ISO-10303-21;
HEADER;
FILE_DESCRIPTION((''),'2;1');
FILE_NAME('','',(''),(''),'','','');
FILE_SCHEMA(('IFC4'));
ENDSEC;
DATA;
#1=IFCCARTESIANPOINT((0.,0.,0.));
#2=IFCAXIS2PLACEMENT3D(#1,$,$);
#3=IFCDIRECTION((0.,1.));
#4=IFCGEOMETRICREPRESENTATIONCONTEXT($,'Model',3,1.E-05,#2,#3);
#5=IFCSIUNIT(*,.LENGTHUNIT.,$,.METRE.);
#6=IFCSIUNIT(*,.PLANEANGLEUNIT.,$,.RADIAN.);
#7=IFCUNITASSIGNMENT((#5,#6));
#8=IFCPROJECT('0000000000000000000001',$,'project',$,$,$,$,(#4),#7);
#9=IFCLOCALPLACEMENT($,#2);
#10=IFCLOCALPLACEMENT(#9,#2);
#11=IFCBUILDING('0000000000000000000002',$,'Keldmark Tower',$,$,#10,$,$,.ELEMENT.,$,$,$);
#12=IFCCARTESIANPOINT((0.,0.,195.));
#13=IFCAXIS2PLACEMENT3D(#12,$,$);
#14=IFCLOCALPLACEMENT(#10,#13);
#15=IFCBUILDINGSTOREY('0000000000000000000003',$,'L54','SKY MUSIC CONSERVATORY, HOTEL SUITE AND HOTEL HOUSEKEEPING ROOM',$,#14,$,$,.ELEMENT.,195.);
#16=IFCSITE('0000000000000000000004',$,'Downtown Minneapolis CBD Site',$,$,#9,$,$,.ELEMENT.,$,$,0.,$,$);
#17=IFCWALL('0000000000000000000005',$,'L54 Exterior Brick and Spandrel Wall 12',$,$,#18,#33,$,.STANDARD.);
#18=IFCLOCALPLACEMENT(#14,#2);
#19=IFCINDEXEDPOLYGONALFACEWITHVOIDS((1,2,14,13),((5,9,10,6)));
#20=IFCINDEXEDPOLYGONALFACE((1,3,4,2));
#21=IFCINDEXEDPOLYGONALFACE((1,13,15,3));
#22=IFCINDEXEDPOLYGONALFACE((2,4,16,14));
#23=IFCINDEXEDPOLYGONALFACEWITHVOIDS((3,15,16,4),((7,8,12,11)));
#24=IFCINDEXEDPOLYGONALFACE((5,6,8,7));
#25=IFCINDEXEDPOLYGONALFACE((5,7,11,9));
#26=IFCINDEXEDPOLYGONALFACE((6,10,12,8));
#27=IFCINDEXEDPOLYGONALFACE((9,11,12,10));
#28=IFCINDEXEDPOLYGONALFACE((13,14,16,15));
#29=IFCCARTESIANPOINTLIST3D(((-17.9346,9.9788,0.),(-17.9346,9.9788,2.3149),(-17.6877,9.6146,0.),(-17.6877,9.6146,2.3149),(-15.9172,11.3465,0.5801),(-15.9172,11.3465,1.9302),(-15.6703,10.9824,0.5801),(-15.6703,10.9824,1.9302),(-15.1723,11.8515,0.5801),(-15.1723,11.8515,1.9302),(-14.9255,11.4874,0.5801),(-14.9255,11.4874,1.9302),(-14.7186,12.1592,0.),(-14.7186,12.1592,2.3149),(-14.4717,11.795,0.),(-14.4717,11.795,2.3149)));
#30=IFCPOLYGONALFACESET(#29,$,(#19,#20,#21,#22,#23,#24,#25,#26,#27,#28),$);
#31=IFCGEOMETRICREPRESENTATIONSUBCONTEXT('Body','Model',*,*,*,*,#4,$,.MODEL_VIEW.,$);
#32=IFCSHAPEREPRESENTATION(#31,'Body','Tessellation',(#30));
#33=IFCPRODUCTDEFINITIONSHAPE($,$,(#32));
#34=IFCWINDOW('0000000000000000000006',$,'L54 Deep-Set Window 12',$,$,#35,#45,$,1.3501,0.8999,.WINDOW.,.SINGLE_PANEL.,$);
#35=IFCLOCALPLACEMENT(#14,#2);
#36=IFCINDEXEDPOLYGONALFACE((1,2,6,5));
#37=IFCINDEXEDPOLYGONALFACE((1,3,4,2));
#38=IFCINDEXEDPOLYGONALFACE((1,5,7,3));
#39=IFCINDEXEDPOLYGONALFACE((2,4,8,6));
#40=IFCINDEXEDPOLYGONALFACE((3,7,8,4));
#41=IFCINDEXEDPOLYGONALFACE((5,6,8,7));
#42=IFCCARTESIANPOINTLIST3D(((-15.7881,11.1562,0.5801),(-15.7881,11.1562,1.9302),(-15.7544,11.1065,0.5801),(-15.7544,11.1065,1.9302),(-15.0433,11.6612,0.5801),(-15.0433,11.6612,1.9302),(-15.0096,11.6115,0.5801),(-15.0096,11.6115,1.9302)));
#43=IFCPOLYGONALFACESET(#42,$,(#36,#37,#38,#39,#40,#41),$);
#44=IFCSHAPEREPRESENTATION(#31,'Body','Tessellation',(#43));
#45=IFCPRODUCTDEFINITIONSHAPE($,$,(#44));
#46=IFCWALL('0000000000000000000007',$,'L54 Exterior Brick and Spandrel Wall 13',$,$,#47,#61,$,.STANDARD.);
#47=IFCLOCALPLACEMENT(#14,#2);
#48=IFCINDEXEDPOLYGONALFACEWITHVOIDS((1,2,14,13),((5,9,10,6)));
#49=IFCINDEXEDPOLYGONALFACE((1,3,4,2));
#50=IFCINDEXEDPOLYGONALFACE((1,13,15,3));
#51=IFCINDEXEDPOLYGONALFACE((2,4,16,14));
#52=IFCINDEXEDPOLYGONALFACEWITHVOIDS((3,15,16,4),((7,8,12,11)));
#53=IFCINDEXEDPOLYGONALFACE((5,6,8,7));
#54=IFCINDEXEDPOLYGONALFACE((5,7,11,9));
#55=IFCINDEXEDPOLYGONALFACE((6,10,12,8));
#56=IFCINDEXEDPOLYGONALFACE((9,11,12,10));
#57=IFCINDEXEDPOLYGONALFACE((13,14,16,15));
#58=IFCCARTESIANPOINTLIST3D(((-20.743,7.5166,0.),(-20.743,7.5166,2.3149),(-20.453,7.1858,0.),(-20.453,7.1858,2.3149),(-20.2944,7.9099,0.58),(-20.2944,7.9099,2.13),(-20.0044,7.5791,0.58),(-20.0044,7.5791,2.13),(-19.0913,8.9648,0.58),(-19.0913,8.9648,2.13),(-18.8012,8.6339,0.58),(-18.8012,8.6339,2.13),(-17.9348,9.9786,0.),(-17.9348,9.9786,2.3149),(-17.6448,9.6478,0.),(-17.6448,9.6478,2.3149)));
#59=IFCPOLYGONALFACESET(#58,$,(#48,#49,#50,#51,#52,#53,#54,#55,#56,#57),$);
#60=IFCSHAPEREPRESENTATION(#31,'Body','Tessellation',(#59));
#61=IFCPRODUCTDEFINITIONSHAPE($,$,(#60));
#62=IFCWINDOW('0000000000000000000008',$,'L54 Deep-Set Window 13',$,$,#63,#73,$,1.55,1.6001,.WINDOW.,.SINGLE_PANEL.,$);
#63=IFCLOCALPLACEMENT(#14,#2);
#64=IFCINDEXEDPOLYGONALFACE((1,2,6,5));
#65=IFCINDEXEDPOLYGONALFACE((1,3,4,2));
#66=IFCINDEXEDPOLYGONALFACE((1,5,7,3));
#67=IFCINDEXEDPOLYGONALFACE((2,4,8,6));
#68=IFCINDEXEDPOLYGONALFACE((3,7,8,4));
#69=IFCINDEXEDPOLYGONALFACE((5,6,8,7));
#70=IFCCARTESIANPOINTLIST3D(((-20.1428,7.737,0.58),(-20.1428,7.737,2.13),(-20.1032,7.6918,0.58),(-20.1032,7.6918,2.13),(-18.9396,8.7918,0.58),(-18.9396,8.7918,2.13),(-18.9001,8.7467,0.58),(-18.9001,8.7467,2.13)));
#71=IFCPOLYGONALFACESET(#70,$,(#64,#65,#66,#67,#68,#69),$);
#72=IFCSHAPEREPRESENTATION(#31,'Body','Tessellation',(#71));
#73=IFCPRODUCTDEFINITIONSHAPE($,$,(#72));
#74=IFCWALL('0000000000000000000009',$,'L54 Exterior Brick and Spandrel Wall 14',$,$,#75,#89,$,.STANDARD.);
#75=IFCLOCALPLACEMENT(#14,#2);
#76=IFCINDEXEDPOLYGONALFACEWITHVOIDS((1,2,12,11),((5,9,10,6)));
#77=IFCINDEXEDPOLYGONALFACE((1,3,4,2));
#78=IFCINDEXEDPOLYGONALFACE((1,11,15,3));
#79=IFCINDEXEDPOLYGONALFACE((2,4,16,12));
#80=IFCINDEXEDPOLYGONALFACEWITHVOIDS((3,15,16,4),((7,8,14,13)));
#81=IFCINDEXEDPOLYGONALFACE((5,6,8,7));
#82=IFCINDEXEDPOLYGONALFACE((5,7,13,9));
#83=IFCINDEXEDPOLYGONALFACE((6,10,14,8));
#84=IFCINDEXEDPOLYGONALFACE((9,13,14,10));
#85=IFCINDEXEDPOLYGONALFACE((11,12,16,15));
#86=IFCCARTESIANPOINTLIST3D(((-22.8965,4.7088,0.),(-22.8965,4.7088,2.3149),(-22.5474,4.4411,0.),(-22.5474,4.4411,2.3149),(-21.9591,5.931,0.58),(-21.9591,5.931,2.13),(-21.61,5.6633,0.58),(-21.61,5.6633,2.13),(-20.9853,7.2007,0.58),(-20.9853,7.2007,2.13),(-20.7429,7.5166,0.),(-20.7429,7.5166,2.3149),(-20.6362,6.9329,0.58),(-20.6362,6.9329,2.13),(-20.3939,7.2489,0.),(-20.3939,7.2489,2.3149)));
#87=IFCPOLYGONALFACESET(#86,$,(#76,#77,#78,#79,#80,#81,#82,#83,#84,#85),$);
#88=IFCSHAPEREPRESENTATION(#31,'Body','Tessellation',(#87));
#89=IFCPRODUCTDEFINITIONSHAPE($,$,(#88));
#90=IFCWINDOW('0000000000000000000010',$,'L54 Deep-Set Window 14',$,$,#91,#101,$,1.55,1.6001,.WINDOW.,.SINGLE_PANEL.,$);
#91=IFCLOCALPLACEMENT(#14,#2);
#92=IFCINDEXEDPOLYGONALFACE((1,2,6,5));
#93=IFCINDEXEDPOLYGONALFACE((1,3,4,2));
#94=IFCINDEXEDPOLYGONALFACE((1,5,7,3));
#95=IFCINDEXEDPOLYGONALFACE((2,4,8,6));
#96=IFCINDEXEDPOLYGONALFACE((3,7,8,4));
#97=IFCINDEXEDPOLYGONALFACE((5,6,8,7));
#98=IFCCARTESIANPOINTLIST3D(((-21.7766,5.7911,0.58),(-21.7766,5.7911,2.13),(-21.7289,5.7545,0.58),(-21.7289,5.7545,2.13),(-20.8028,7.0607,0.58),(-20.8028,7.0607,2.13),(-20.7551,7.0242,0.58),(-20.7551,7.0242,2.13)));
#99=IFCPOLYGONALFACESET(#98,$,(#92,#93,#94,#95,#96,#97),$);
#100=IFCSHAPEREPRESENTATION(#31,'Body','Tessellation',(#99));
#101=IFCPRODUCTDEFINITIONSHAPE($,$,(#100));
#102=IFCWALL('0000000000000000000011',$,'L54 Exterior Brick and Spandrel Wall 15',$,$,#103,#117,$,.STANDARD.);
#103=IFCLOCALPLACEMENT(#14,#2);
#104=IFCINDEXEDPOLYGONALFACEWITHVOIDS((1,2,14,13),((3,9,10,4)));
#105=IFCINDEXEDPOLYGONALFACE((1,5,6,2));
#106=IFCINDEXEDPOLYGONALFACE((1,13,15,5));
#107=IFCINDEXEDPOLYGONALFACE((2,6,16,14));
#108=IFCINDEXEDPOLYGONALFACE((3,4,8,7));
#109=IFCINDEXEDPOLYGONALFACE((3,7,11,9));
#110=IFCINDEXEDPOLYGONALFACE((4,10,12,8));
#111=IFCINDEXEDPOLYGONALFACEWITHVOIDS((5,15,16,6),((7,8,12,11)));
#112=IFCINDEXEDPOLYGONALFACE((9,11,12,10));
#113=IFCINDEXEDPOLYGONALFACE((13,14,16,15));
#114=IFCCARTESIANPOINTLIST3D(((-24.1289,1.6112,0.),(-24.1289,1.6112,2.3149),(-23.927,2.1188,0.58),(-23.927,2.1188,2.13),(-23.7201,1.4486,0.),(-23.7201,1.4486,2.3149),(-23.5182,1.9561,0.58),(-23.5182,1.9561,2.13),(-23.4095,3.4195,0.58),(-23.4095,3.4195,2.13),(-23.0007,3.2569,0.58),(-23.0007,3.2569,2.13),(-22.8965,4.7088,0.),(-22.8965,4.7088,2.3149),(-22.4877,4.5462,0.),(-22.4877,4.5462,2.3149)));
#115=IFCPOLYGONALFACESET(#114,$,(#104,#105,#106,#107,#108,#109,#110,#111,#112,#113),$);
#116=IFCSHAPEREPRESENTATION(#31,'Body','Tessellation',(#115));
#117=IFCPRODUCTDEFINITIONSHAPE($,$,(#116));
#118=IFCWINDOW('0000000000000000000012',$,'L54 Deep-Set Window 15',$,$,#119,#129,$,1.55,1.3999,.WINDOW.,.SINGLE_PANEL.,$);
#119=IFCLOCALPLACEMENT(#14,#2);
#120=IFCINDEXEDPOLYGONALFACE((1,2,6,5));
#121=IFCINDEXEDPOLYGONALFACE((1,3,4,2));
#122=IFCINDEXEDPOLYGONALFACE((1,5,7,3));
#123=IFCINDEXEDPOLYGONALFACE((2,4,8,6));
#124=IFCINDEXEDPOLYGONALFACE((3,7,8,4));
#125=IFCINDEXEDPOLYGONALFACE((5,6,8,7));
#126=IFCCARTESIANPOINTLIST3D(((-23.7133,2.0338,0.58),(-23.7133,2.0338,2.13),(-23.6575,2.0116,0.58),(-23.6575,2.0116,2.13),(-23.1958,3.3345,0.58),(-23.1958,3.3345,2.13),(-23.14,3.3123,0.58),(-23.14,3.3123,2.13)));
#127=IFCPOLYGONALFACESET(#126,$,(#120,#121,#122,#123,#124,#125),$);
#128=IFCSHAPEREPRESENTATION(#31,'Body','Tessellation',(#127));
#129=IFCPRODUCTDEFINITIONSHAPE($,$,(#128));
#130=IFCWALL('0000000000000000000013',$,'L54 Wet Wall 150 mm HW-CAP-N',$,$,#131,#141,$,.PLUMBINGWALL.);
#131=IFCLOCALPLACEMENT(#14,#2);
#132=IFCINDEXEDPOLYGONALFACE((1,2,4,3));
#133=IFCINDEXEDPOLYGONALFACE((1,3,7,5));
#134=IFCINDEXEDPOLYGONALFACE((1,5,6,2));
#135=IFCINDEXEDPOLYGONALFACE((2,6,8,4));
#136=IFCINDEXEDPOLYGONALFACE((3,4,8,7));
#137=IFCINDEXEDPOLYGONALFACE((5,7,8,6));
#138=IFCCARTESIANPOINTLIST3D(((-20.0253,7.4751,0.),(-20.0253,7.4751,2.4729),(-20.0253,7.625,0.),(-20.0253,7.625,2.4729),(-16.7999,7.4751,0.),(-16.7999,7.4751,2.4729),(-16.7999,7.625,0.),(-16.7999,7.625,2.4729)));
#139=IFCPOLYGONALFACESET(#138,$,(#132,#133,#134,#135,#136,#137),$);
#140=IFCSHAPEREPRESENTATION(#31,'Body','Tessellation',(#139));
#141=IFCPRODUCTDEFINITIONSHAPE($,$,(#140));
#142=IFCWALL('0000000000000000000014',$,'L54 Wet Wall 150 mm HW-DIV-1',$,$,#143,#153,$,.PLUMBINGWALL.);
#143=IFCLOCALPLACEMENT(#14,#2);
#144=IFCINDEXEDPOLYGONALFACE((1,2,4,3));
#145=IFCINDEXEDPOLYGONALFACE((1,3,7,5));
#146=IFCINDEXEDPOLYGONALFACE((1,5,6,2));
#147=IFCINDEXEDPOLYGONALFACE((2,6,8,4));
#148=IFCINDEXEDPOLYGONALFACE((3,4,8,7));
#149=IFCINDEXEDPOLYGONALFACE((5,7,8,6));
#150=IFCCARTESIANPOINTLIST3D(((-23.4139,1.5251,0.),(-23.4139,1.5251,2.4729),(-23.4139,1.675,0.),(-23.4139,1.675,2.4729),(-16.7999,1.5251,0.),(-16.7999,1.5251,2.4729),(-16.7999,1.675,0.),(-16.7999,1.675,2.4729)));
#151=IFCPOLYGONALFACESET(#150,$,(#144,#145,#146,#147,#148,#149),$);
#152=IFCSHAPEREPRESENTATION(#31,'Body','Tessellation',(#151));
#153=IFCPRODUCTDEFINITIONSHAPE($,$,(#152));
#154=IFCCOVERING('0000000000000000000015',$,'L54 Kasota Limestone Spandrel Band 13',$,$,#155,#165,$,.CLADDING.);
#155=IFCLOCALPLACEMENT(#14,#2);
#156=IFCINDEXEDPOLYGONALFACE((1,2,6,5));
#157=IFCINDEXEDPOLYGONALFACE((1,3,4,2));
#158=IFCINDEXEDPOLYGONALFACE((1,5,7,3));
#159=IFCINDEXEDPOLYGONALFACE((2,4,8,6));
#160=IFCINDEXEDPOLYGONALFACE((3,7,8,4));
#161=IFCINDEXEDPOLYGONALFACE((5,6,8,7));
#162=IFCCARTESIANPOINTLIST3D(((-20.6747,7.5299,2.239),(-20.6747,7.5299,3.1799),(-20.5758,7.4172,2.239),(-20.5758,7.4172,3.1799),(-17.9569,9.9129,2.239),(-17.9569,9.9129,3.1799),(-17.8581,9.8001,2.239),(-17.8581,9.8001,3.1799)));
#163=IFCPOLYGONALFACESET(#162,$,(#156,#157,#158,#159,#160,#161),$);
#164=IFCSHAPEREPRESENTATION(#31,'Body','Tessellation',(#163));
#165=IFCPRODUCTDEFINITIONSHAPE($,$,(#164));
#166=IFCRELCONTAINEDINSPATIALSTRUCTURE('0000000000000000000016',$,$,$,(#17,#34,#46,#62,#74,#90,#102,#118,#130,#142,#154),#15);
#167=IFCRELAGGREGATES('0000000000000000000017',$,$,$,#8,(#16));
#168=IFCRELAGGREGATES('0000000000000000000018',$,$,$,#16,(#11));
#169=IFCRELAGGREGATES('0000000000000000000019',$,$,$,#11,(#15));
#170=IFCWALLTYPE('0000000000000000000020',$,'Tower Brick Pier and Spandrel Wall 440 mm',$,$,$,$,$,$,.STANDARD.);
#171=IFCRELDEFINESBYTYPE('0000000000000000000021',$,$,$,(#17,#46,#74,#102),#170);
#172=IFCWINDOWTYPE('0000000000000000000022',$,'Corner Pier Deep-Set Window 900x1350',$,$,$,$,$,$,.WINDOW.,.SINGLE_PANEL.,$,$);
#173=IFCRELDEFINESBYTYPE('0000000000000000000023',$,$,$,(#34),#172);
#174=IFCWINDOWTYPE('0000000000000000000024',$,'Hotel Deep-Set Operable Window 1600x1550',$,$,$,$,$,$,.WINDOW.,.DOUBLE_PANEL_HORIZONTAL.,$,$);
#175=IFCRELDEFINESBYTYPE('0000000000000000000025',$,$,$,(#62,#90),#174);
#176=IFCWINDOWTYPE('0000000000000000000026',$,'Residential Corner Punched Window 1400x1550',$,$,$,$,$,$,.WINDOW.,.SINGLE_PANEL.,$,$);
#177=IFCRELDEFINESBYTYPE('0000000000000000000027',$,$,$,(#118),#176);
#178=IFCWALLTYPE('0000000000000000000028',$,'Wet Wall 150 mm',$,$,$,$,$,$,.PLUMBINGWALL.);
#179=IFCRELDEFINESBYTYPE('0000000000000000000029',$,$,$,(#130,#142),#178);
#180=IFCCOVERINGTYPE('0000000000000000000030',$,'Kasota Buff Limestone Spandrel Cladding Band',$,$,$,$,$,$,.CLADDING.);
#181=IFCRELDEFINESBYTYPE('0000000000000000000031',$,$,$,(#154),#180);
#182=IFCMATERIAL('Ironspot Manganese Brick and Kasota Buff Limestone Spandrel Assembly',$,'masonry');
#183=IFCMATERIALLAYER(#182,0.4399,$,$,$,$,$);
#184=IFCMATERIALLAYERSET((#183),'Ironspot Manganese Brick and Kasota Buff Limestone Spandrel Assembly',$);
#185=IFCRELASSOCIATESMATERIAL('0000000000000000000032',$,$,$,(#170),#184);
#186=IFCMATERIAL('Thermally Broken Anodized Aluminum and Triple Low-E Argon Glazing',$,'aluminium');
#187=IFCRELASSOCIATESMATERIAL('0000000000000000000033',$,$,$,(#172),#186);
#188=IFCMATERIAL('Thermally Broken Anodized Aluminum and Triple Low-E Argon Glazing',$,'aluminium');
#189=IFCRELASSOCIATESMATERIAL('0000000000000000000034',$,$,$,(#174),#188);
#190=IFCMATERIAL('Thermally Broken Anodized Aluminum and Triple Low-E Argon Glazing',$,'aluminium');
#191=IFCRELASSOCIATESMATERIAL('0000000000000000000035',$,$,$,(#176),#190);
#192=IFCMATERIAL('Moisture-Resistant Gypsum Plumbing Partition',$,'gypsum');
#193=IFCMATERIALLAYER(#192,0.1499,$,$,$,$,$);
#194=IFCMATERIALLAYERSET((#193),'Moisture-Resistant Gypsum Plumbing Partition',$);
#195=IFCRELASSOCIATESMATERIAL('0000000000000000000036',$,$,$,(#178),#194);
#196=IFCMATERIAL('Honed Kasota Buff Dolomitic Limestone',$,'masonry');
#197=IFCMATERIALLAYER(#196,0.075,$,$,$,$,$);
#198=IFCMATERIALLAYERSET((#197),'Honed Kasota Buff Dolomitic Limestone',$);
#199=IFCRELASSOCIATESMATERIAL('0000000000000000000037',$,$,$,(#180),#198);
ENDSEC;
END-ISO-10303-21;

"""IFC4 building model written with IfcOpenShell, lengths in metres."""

from ifc_helpers import new_model, si_unit, direction, frame, frame_2d, origin, origin_2d, place, context, subcontext, project, spatial, rectangle, extrude, material, layer, layer_set, type_object, element, fill, save


model = new_model("IFC4")

# Units and contexts
model_context = context("Model", 3, precision=1e-05, world=origin(), true_north=direction((0.0, 1.0)))
body_context = subcontext(model_context, "Body", "Model", "MODEL_VIEW")
ifc_project = project(units=[si_unit("LENGTHUNIT", "METRE"), si_unit("PLANEANGLEUNIT", "RADIAN")], contexts=[model_context])

# Site, building, storey
site_placement = place(None, origin())
site = spatial("IfcSite", under=ifc_project, at=site_placement, Name="Downtown Minneapolis CBD Site", CompositionType="ELEMENT", RefElevation=0.0)
building_placement = place(site_placement, origin())
building = spatial("IfcBuilding", under=site, at=building_placement, Name="Keldmark Tower", CompositionType="ELEMENT")
storey_placement = place(building_placement, frame((0.0, 0.0, 195.0)))
storey = spatial("IfcBuildingStorey", under=building, at=storey_placement, Name="L54", Description="SKY MUSIC CONSERVATORY, HOTEL SUITE AND HOTEL HOUSEKEEPING ROOM", CompositionType="ELEMENT", Elevation=195.0)

# Walls, openings, windows
ifc_material_1 = material(Name="Ironspot Manganese Brick and Kasota Buff Limestone Spandrel Assembly", Category="masonry")
ifc_layer_1 = layer(ifc_material_1, 0.4399)
ifc_layer_set_1 = layer_set([ifc_layer_1], Name="Ironspot Manganese Brick and Kasota Buff Limestone Spandrel Assembly")
wall_type_1 = type_object("IfcWallType", Name="Tower Brick Pier and Spandrel Wall 440 mm", PredefinedType="STANDARD", material=ifc_layer_set_1)
wall_1_placement = place(storey_placement, frame((-17.8113, 9.7966, 0.0), z_axis=(0.0, 0.0, 1.0), x_axis=(0.827704, 0.561165, 0.0)))
wall_1 = element("IfcWall", 1, at=wall_1_placement, inside=storey, type_object=wall_type_1, Name="L54 Exterior Brick and Spandrel Wall 12", PredefinedType="STANDARD", context=body_context, shape_type="SweptSolid", body=[
    extrude(rectangle(XDim=3.8855, YDim=0.4399, at=frame_2d((1.9429, 0.0))), origin(), (0.0, 0.0, 1.0), 2.3149),
])
opening_1_placement = place(wall_1_placement, frame((2.4375, 0.0, 0.5801)))
opening_1 = element("IfcOpeningElement", 2, at=opening_1_placement, cuts=wall_1, PredefinedType="OPENING", context=body_context, shape_type="SweptSolid", body=[
    extrude(rectangle(XDim=0.8999, YDim=1.3501, at=frame_2d((0.45, 0.675))), frame((0.0, 0.23, 0.0), z_axis=(0.0, -1.0, 0.0), x_axis=(1.0, 0.0, 0.0)), (0.0, 0.0, 1.0), 0.46),
])
ifc_material_2 = material(Name="Thermally Broken Anodized Aluminum and Triple Low-E Argon Glazing", Category="aluminium")
window_type_1 = type_object("IfcWindowType", Name="Corner Pier Deep-Set Window 900x1350", PartitioningType="SINGLE_PANEL", PredefinedType="WINDOW", material=ifc_material_2)
window_1_placement = place(opening_1_placement, origin())
window_1 = element("IfcWindow", 3, at=window_1_placement, inside=storey, type_object=window_type_1, Name="L54 Deep-Set Window 12", OverallHeight=1.3501, OverallWidth=0.8999, PartitioningType="SINGLE_PANEL", PredefinedType="WINDOW", context=body_context, shape_type="SweptSolid", body=[
    extrude(rectangle(XDim=0.8999, YDim=1.3501, at=frame_2d((0.45, 0.675))), frame((0.0, -0.01, 0.0), z_axis=(0.0, -1.0, 0.0), x_axis=(1.0, 0.0, 0.0)), (0.0, 0.0, 1.0), 0.0601),
])
fill(opening_1, window_1)
wall_2_placement = place(storey_placement, frame((-20.5979, 7.3513, 0.0), z_axis=(0.0, 0.0, 1.0), x_axis=(0.751936, 0.659236, 0.0)))
wall_2 = element("IfcWall", 4, at=wall_2_placement, inside=storey, type_object=wall_type_1, Name="L54 Exterior Brick and Spandrel Wall 13", PredefinedType="STANDARD", context=body_context, shape_type="SweptSolid", body=[
    extrude(rectangle(XDim=3.7346, YDim=0.4399, at=frame_2d((1.8672, 0.0))), origin(), (0.0, 0.0, 1.0), 2.3149),
])
opening_2_placement = place(wall_2_placement, frame((0.5964, 0.0, 0.5801)))
opening_2 = element("IfcOpeningElement", 5, at=opening_2_placement, cuts=wall_2, PredefinedType="OPENING", context=body_context, shape_type="SweptSolid", body=[
    extrude(rectangle(XDim=1.6001, YDim=1.55, at=frame_2d((0.8, 0.7749))), frame((0.0, 0.23, 0.0), z_axis=(0.0, -1.0, 0.0), x_axis=(1.0, 0.0, 0.0)), (0.0, 0.0, 1.0), 0.46),
])
ifc_material_3 = material(Name="Thermally Broken Anodized Aluminum and Triple Low-E Argon Glazing", Category="aluminium")
window_type_2 = type_object("IfcWindowType", Name="Hotel Deep-Set Operable Window 1600x1550", PartitioningType="DOUBLE_PANEL_HORIZONTAL", PredefinedType="WINDOW", material=ifc_material_3)
window_2_placement = place(opening_2_placement, origin())
window_2 = element("IfcWindow", 6, at=window_2_placement, inside=storey, type_object=window_type_2, Name="L54 Deep-Set Window 13", OverallHeight=1.55, OverallWidth=1.6001, PartitioningType="SINGLE_PANEL", PredefinedType="WINDOW", context=body_context, shape_type="SweptSolid", body=[
    extrude(rectangle(XDim=1.6001, YDim=1.55, at=frame_2d((0.8, 0.7749))), frame((0.0, -0.01, 0.0), z_axis=(0.0, -1.0, 0.0), x_axis=(1.0, 0.0, 0.0)), (0.0, 0.0, 1.0), 0.0601),
])
fill(opening_2, window_2)
wall_3_placement = place(storey_placement, frame((-22.7219, 4.575, 0.0), z_axis=(0.0, 0.0, 1.0), x_axis=(0.608587, 0.793488, 0.0)))
wall_3 = element("IfcWall", 7, at=wall_3_placement, inside=storey, type_object=wall_type_1, Name="L54 Exterior Brick and Spandrel Wall 14", PredefinedType="STANDARD", context=body_context, shape_type="SweptSolid", body=[
    extrude(rectangle(XDim=3.5386, YDim=0.4399, at=frame_2d((1.7693, 0.0))), origin(), (0.0, 0.0, 1.0), 2.3149),
])
opening_3_placement = place(wall_3_placement, frame((1.5403, 0.0, 0.5801)))
opening_3 = element("IfcOpeningElement", 8, at=opening_3_placement, cuts=wall_3, PredefinedType="OPENING", context=body_context, shape_type="SweptSolid", body=[
    extrude(rectangle(XDim=1.6001, YDim=1.55, at=frame_2d((0.8, 0.7749))), frame((0.0, 0.23, 0.0), z_axis=(0.0, -1.0, 0.0), x_axis=(1.0, 0.0, 0.0)), (0.0, 0.0, 1.0), 0.46),
])
window_3_placement = place(opening_3_placement, origin())
window_3 = element("IfcWindow", 9, at=window_3_placement, inside=storey, type_object=window_type_2, Name="L54 Deep-Set Window 14", OverallHeight=1.55, OverallWidth=1.6001, PartitioningType="SINGLE_PANEL", PredefinedType="WINDOW", context=body_context, shape_type="SweptSolid", body=[
    extrude(rectangle(XDim=1.6001, YDim=1.55, at=frame_2d((0.8, 0.7749))), frame((0.0, -0.01, 0.0), z_axis=(0.0, -1.0, 0.0), x_axis=(1.0, 0.0, 0.0)), (0.0, 0.0, 1.0), 0.0601),
])
fill(opening_3, window_3)
wall_4_placement = place(storey_placement, frame((-23.9246, 1.5298, 0.0), z_axis=(0.0, 0.0, 1.0), x_axis=(0.369673, 0.929162, 0.0)))
wall_4 = element("IfcWall", 10, at=wall_4_placement, inside=storey, type_object=wall_type_1, Name="L54 Exterior Brick and Spandrel Wall 15", PredefinedType="STANDARD", context=body_context, shape_type="SweptSolid", body=[
    extrude(rectangle(XDim=3.3337, YDim=0.4399, at=frame_2d((1.667, 0.0))), origin(), (0.0, 0.0, 1.0), 2.3149),
])
opening_4_placement = place(wall_4_placement, frame((0.5464, 0.0, 0.5801)))
opening_4 = element("IfcOpeningElement", 11, at=opening_4_placement, cuts=wall_4, PredefinedType="OPENING", context=body_context, shape_type="SweptSolid", body=[
    extrude(rectangle(XDim=1.3999, YDim=1.55, at=frame_2d((0.7, 0.7749))), frame((0.0, 0.23, 0.0), z_axis=(0.0, -1.0, 0.0), x_axis=(1.0, 0.0, 0.0)), (0.0, 0.0, 1.0), 0.46),
])
ifc_material_4 = material(Name="Thermally Broken Anodized Aluminum and Triple Low-E Argon Glazing", Category="aluminium")
window_type_3 = type_object("IfcWindowType", Name="Residential Corner Punched Window 1400x1550", PartitioningType="SINGLE_PANEL", PredefinedType="WINDOW", material=ifc_material_4)
window_4_placement = place(opening_4_placement, origin())
window_4 = element("IfcWindow", 12, at=window_4_placement, inside=storey, type_object=window_type_3, Name="L54 Deep-Set Window 15", OverallHeight=1.55, OverallWidth=1.3999, PartitioningType="SINGLE_PANEL", PredefinedType="WINDOW", context=body_context, shape_type="SweptSolid", body=[
    extrude(rectangle(XDim=1.3999, YDim=1.55, at=frame_2d((0.7, 0.7749))), frame((0.0, -0.01, 0.0), z_axis=(0.0, -1.0, 0.0), x_axis=(1.0, 0.0, 0.0)), (0.0, 0.0, 1.0), 0.0601),
])
fill(opening_4, window_4)

# Walls
ifc_material_5 = material(Name="Moisture-Resistant Gypsum Plumbing Partition", Category="gypsum")
ifc_layer_2 = layer(ifc_material_5, 0.1499)
ifc_layer_set_2 = layer_set([ifc_layer_2], Name="Moisture-Resistant Gypsum Plumbing Partition")
wall_type_2 = type_object("IfcWallType", Name="Wet Wall 150 mm", PredefinedType="PLUMBINGWALL", material=ifc_layer_set_2)
wall_5_placement = place(storey_placement, frame((-20.0254, 7.55, 0.0), z_axis=(0.0, 0.0, 1.0), x_axis=(1.0, 0.0, 0.0)))
element("IfcWall", 13, at=wall_5_placement, inside=storey, type_object=wall_type_2, Name="L54 Wet Wall 150 mm HW-CAP-N", PredefinedType="PLUMBINGWALL", context=body_context, shape_type="SweptSolid", body=[
    extrude(rectangle(XDim=3.2253, YDim=0.1499, at=frame_2d((1.6128, 0.0))), origin(), (0.0, 0.0, 1.0), 2.4729),
])
wall_6_placement = place(storey_placement, frame((-23.4141, 1.6001, 0.0), z_axis=(0.0, 0.0, 1.0), x_axis=(1.0, 0.0, 0.0)))
element("IfcWall", 14, at=wall_6_placement, inside=storey, type_object=wall_type_2, Name="L54 Wet Wall 150 mm HW-DIV-1", PredefinedType="PLUMBINGWALL", context=body_context, shape_type="SweptSolid", body=[
    extrude(rectangle(XDim=6.614, YDim=0.1499, at=frame_2d((3.3071, 0.0))), origin(), (0.0, 0.0, 1.0), 2.4729),
])

# Covering
ifc_material_6 = material(Name="Honed Kasota Buff Dolomitic Limestone", Category="masonry")
ifc_layer_3 = layer(ifc_material_6, 0.075)
ifc_layer_set_3 = layer_set([ifc_layer_3], Name="Honed Kasota Buff Dolomitic Limestone")
covering_type = type_object("IfcCoveringType", Name="Kasota Buff Limestone Spandrel Cladding Band", PredefinedType="CLADDING", material=ifc_layer_set_3)
covering_placement = place(storey_placement, frame((-19.2664, 8.665, 2.239), z_axis=(0.0, 0.0, 1.0), x_axis=(-0.751909, -0.659267, 0.0)))
element("IfcCovering", 15, at=covering_placement, inside=storey, type_object=covering_type, Name="L54 Kasota Limestone Spandrel Band 13", PredefinedType="CLADDING", context=body_context, shape_type="SweptSolid", body=[
    extrude(rectangle(XDim=3.6145, YDim=0.1499, at=origin_2d()), origin(), (0.0, 0.0, 1.0), 0.9409),
])

save(model, "model.ifc")
